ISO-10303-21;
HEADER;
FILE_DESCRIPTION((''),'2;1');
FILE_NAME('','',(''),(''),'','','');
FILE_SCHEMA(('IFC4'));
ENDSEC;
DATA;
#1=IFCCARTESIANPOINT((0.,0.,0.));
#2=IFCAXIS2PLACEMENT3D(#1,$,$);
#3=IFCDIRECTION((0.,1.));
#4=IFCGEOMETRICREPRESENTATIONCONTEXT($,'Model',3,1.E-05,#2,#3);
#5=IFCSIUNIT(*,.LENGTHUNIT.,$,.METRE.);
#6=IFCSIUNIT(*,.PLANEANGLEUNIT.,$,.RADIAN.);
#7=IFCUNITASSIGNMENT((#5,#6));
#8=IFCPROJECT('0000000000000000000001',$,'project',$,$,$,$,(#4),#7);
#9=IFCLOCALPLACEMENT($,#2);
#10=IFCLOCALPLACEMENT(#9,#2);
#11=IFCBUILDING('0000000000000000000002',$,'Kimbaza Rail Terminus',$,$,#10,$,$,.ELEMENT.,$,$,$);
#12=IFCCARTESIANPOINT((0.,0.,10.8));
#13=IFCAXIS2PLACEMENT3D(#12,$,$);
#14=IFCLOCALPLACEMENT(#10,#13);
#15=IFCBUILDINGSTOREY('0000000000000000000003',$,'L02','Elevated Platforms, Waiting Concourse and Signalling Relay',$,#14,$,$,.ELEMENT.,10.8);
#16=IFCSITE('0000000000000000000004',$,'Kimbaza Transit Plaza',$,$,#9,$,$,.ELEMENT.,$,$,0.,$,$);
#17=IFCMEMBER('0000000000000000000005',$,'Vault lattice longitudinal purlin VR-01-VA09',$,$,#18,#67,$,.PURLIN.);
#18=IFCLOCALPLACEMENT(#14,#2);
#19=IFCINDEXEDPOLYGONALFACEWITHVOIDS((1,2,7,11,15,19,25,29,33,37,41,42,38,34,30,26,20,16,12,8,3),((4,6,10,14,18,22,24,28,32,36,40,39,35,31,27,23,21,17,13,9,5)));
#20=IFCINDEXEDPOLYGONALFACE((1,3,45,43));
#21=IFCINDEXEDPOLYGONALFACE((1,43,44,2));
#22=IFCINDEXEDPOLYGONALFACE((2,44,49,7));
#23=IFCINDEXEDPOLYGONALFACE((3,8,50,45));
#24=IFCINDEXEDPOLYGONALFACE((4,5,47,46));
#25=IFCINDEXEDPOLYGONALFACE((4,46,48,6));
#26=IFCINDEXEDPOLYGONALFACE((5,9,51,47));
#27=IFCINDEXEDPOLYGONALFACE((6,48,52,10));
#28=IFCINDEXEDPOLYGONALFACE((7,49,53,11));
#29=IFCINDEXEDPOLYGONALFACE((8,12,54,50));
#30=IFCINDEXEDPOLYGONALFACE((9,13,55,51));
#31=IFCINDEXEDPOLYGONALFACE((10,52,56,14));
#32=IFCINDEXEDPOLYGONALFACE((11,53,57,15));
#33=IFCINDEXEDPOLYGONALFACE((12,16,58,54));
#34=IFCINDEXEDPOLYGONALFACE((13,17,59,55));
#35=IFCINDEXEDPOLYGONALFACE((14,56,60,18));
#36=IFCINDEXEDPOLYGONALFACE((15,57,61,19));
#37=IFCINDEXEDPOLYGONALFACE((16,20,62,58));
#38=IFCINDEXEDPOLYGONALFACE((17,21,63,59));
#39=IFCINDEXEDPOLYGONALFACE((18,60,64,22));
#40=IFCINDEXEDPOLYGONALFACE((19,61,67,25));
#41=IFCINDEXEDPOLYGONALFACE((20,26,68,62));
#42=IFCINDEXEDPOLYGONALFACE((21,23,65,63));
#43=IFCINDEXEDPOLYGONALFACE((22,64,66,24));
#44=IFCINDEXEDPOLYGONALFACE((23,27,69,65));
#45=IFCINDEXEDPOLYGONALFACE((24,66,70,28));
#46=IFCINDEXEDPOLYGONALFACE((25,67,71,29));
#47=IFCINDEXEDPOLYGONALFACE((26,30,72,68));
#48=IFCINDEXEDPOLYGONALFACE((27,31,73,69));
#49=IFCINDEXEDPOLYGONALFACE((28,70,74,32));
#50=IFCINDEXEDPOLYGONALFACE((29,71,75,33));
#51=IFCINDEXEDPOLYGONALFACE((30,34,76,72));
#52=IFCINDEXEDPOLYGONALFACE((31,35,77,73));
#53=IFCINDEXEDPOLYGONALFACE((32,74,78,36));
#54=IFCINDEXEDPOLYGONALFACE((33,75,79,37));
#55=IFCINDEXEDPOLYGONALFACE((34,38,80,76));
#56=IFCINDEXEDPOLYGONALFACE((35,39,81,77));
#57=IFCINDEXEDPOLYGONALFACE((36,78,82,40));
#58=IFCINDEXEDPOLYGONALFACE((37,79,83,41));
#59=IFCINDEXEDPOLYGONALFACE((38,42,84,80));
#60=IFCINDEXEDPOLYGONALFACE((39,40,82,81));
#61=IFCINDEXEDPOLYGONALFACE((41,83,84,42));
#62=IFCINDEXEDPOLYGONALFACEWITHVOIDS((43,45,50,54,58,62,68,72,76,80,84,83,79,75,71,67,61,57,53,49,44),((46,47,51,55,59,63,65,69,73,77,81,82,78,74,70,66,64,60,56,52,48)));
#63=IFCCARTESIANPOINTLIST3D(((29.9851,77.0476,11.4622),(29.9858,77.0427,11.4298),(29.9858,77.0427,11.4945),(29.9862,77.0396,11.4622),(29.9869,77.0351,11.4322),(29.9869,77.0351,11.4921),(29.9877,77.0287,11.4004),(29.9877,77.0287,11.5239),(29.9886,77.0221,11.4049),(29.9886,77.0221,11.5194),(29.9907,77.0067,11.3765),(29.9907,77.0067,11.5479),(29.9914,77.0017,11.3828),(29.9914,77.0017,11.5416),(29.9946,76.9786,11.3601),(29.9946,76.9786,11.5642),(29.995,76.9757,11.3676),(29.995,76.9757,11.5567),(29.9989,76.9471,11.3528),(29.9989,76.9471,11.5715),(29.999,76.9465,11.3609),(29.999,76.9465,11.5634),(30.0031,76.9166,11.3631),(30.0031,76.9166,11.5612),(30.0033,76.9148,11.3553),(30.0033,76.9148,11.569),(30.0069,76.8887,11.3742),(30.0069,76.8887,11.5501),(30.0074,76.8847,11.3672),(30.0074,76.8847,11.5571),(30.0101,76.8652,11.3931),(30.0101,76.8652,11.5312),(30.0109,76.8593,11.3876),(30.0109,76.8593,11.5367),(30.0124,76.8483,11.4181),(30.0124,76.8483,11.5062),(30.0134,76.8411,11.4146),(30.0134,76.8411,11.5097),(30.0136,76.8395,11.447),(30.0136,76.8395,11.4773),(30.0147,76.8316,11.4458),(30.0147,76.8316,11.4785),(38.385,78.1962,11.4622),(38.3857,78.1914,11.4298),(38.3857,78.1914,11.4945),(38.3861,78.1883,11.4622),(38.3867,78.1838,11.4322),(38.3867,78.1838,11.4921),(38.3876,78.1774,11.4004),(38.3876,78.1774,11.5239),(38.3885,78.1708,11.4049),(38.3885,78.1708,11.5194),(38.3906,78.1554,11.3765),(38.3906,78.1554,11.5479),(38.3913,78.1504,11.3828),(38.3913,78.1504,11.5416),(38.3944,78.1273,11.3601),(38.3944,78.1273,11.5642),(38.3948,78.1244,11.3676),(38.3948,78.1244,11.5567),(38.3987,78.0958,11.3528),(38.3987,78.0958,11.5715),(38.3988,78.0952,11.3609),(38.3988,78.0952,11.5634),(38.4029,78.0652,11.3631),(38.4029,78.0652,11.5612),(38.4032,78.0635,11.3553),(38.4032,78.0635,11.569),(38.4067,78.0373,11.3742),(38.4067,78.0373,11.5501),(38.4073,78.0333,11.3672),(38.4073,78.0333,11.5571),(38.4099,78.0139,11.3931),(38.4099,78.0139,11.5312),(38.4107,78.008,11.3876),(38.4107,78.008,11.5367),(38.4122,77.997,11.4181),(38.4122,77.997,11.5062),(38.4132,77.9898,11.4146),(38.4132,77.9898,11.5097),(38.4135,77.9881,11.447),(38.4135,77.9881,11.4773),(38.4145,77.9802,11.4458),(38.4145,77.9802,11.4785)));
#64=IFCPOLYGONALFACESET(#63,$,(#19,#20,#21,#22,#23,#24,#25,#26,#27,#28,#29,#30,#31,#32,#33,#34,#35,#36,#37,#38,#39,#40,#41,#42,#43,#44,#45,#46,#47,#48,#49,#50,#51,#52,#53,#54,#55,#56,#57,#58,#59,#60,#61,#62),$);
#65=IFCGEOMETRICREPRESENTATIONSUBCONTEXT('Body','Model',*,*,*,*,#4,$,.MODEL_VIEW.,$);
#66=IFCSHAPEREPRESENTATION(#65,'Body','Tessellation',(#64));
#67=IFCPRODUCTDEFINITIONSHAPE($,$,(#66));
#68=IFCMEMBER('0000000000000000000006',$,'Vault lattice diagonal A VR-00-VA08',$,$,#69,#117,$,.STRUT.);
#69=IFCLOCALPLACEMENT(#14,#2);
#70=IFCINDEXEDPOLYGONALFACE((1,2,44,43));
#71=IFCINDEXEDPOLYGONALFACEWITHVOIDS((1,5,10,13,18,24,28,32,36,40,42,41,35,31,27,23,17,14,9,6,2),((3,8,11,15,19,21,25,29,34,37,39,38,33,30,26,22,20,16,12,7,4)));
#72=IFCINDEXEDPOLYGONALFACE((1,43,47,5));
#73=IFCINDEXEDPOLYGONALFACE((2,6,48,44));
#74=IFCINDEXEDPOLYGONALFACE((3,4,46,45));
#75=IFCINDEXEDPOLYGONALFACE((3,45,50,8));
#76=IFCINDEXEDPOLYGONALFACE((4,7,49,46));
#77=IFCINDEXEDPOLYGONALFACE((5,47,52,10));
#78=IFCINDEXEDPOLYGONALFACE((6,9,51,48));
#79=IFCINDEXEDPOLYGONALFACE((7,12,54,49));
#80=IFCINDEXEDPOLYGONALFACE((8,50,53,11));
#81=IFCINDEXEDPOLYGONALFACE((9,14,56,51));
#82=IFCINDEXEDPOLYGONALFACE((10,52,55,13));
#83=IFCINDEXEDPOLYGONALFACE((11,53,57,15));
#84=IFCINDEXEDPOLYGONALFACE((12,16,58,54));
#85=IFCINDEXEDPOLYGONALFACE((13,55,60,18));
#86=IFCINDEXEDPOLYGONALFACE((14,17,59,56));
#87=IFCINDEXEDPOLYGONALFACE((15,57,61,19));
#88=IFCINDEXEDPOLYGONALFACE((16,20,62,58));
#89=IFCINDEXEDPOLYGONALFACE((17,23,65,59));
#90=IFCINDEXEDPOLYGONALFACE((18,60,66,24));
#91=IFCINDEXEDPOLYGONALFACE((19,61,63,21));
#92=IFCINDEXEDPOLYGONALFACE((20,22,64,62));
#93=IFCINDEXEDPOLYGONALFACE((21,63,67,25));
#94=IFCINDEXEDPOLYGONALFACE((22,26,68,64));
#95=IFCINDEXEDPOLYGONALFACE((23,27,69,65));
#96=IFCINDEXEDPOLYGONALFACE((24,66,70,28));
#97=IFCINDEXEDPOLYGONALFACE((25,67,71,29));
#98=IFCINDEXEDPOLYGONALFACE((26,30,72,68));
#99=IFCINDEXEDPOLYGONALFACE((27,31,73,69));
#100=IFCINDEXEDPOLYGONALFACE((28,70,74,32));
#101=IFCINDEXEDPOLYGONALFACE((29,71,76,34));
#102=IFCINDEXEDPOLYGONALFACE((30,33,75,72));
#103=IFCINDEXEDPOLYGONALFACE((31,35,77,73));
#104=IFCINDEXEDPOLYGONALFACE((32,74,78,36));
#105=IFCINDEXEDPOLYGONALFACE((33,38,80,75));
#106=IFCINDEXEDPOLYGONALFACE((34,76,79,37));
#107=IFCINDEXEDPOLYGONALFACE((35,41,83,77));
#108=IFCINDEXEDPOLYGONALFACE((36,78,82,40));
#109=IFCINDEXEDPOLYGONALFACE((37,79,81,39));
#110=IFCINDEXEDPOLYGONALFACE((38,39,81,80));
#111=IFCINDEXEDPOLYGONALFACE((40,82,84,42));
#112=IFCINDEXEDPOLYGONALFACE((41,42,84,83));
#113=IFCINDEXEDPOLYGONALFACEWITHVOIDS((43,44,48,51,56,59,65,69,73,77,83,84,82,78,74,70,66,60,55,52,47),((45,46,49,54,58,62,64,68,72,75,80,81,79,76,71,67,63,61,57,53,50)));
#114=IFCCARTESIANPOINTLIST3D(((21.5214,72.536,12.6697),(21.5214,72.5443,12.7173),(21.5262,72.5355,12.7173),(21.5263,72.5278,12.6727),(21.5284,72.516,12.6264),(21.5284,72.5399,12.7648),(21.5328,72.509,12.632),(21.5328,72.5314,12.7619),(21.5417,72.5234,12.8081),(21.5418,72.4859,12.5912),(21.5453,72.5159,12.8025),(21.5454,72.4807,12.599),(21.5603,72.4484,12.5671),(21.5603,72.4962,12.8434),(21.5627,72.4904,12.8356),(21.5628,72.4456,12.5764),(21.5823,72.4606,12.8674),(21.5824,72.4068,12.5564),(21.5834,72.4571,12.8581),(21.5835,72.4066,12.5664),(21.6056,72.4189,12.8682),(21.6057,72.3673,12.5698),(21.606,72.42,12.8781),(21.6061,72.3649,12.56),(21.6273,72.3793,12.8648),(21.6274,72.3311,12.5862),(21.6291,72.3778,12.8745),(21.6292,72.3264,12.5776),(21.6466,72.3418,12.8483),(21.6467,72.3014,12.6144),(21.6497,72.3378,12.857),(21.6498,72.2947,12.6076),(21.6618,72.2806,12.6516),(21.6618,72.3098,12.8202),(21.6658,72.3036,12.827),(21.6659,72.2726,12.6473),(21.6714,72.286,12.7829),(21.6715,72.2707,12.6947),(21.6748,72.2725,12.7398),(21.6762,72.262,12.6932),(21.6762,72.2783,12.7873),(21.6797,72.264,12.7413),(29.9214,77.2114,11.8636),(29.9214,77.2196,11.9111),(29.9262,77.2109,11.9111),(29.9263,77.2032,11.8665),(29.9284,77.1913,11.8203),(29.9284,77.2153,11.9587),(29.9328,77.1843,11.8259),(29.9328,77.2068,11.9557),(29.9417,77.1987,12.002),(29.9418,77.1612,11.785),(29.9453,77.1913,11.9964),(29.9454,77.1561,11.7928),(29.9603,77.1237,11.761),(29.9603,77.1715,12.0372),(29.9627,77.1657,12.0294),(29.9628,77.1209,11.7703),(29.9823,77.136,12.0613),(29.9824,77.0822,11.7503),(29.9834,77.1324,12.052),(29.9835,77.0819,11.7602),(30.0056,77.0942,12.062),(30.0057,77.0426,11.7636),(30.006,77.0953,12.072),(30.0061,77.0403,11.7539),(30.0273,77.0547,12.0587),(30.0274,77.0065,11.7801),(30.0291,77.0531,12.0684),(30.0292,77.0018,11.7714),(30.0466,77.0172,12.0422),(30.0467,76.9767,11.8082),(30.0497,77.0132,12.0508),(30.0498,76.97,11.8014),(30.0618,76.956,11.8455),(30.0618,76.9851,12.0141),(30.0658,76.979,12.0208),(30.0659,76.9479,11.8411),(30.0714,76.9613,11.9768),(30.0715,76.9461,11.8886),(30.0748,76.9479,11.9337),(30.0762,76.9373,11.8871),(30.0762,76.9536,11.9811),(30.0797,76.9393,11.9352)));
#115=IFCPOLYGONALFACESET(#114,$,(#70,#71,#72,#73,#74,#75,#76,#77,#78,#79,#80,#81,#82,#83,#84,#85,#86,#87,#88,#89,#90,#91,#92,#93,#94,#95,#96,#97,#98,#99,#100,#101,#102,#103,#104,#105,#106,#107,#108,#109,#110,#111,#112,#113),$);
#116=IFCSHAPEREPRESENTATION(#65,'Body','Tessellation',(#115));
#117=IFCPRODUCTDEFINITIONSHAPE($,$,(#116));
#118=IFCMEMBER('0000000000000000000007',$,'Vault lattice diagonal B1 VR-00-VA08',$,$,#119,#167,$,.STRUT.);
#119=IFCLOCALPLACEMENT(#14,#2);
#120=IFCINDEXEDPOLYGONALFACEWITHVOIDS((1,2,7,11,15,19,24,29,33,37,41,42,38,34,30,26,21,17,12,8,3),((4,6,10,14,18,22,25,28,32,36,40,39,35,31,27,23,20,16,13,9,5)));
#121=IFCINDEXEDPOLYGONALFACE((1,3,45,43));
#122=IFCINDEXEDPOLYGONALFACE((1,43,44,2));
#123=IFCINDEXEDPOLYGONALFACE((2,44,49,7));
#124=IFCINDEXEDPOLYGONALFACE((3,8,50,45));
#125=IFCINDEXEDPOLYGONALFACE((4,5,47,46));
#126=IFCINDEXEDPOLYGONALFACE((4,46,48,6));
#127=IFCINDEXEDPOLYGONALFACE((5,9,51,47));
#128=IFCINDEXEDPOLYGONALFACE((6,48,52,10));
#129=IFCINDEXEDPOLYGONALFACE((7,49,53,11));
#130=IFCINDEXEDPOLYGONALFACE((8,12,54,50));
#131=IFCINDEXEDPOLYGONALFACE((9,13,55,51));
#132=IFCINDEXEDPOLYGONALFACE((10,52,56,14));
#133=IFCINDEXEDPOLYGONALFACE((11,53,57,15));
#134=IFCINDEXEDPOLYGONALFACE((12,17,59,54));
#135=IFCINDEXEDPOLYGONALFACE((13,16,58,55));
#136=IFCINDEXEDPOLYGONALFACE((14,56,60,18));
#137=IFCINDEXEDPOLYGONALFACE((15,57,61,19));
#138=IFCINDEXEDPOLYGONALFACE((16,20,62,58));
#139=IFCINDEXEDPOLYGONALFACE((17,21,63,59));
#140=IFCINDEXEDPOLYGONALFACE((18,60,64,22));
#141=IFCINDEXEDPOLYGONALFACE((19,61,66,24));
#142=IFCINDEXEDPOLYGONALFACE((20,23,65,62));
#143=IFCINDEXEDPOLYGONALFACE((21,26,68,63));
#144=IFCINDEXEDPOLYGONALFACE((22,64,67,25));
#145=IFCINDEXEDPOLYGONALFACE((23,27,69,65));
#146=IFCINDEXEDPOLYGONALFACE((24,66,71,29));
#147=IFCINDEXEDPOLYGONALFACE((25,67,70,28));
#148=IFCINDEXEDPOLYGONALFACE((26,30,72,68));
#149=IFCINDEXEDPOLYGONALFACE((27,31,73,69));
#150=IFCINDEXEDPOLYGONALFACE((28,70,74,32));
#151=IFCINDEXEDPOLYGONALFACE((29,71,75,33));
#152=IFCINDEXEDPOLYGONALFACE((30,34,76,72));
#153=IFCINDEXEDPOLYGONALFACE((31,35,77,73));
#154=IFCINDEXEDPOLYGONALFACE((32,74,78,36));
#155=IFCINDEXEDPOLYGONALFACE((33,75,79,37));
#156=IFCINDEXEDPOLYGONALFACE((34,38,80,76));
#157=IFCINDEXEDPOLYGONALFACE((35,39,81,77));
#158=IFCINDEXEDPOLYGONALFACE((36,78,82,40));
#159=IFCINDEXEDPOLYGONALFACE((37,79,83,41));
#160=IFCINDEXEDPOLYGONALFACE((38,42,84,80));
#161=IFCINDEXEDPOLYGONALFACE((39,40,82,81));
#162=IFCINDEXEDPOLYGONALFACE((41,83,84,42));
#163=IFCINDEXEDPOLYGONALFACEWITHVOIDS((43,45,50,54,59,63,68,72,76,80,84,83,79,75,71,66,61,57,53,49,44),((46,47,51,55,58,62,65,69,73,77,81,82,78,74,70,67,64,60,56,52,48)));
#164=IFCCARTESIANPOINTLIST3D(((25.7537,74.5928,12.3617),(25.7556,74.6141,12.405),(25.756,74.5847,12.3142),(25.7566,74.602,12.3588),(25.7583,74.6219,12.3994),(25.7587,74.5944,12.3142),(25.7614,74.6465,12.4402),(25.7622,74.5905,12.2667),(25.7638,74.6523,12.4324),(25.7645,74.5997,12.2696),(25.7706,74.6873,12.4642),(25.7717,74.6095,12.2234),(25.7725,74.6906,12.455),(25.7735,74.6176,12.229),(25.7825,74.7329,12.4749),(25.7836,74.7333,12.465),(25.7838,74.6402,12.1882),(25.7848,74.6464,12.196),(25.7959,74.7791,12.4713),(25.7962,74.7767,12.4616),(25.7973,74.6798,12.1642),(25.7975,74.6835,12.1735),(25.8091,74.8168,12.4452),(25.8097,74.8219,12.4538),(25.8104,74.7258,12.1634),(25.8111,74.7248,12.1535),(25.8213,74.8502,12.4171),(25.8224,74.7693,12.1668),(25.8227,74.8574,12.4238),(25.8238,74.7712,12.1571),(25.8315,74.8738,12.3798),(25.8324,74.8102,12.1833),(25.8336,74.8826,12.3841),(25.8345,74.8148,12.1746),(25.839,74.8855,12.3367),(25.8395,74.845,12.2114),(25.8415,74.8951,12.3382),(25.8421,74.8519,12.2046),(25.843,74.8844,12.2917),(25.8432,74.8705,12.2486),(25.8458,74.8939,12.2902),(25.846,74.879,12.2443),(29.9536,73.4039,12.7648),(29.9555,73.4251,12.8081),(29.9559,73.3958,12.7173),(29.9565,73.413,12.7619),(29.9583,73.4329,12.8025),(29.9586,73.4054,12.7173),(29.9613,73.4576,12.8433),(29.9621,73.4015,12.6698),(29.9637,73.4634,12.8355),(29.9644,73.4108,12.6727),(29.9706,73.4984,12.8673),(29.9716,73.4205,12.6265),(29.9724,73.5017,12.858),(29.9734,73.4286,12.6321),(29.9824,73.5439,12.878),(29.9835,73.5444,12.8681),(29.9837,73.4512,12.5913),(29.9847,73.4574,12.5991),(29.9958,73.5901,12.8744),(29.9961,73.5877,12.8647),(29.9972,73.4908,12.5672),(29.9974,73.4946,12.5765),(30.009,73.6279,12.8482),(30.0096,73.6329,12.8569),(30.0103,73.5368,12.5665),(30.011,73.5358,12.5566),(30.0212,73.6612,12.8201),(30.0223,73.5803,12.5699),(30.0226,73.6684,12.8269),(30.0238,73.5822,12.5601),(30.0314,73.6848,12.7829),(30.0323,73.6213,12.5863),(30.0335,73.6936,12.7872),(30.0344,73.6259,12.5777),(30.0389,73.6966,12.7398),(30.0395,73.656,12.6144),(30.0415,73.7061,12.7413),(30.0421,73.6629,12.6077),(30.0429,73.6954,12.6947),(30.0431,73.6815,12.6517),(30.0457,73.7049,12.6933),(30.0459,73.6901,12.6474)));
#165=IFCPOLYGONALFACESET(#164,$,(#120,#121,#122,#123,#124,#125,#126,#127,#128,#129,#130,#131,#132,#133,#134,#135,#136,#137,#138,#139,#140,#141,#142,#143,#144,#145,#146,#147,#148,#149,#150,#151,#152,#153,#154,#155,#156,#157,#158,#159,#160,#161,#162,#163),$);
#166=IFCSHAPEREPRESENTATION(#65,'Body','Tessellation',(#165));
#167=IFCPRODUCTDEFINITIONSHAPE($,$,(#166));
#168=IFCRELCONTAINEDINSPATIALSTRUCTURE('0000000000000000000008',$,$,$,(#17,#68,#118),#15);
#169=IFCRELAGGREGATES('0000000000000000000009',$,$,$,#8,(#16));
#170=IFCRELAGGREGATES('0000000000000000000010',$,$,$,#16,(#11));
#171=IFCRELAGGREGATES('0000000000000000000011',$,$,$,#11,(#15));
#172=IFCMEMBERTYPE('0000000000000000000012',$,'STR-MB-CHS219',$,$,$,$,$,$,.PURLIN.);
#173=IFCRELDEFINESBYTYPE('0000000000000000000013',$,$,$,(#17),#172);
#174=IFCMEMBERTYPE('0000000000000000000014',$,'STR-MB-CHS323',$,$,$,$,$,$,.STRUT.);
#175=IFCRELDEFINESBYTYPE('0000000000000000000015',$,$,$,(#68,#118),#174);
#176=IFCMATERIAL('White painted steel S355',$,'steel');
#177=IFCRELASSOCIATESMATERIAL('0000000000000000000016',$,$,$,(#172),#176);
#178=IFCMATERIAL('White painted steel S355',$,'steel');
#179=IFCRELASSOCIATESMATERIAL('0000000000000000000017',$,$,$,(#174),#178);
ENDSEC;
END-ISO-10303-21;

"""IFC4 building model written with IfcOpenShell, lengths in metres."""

from ifc_helpers import new_model, si_unit, direction, frame, origin, origin_2d, place, context, subcontext, project, spatial, hollow_circle, extrude, material, material_profile, profile_set, type_object, element, save


model = new_model("IFC4")

# Units and contexts
model_context = context("Model", 3, precision=1e-05, world=origin(), true_north=direction((0.0, 1.0)))
body_context = subcontext(model_context, "Body", "Model", "MODEL_VIEW")
ifc_project = project(units=[si_unit("LENGTHUNIT", "METRE"), si_unit("PLANEANGLEUNIT", "RADIAN")], contexts=[model_context])

# Site, building, storey
site_placement = place(None, origin())
site = spatial("IfcSite", under=ifc_project, at=site_placement, Name="Kimbaza Transit Plaza", CompositionType="ELEMENT", RefElevation=0.0)
building_placement = place(site_placement, origin())
building = spatial("IfcBuilding", under=site, at=building_placement, Name="Kimbaza Rail Terminus", CompositionType="ELEMENT")
storey_placement = place(building_placement, frame((0.0, 0.0, 10.8)))
storey = spatial("IfcBuildingStorey", under=building, at=storey_placement, Name="L02", Description="Elevated Platforms, Waiting Concourse and Signalling Relay", CompositionType="ELEMENT", Elevation=10.8)

# Members
ifc_material_1 = material(Name="White painted steel S355", Category="steel")
ifc_material_profile_1 = material_profile(ifc_material_1, hollow_circle(Radius=0.1096, WallThickness=0.0081, at=origin_2d()), Name="CHS 219.1x8")
ifc_profile_set_1 = profile_set([ifc_material_profile_1], Name="White painted steel S355")
member_type_1 = type_object("IfcMemberType", Name="STR-MB-CHS219", PredefinedType="PURLIN", material=ifc_profile_set_1)
for number, where, z_axis, x_axis, name in (
    (1, (30.0, 76.939, 11.4622), (0.990779, 0.135488, 0.0), (-0.135488, 0.990779, 0.0), "Vault lattice longitudinal purlin VR-01-VA09"),
):
    element("IfcMember", number, at=place(storey_placement, frame(where, z_axis=z_axis, x_axis=x_axis)), inside=storey, type_object=member_type_1, Name=name, PredefinedType="PURLIN", context=body_context, shape_type="SweptSolid", body=[
        extrude(hollow_circle(Radius=0.1096, WallThickness=0.0081, at=origin_2d()), origin(), (0.0, 0.0, 1.0), 8.478),
    ])
ifc_material_2 = material(Name="White painted steel S355", Category="steel")
ifc_material_profile_2 = material_profile(ifc_material_2, hollow_circle(Radius=0.1619, WallThickness=0.01, at=origin_2d()), Name="CHS 323.9x10")
ifc_profile_set_2 = profile_set([ifc_material_profile_2], Name="White painted steel S355")
member_type_2 = type_object("IfcMemberType", Name="STR-MB-CHS323", PredefinedType="STRUT", material=ifc_profile_set_2)
member_1_placement = place(storey_placement, frame((21.6001, 72.4028, 12.7173), z_axis=(0.870718, 0.484632, -0.083564), x_axis=(-0.486333, 0.873774, 0.0)))
element("IfcMember", 2, at=member_1_placement, inside=storey, type_object=member_type_2, Name="Vault lattice diagonal A VR-00-VA08", PredefinedType="STRUT", context=body_context, shape_type="SweptSolid", body=[
    extrude(hollow_circle(Radius=0.1619, WallThickness=0.01, at=origin_2d()), origin(), (0.0, 0.0, 1.0), 9.6472),
])
for number, where, z_axis, x_axis, name in (
    (3, (30.0, 73.5515, 12.7173), (-0.958112, 0.271232, -0.091952), (-0.272386, -0.962188, 0.0), "Vault lattice diagonal B1 VR-00-VA08"),
):
    element("IfcMember", number, at=place(storey_placement, frame(where, z_axis=z_axis, x_axis=x_axis)), inside=storey, type_object=member_type_2, Name=name, PredefinedType="STRUT", context=body_context, shape_type="SweptSolid", body=[
        extrude(hollow_circle(Radius=0.1619, WallThickness=0.01, at=origin_2d()), origin(), (0.0, 0.0, 1.0), 4.3835),
    ])

save(model, "model.ifc")
